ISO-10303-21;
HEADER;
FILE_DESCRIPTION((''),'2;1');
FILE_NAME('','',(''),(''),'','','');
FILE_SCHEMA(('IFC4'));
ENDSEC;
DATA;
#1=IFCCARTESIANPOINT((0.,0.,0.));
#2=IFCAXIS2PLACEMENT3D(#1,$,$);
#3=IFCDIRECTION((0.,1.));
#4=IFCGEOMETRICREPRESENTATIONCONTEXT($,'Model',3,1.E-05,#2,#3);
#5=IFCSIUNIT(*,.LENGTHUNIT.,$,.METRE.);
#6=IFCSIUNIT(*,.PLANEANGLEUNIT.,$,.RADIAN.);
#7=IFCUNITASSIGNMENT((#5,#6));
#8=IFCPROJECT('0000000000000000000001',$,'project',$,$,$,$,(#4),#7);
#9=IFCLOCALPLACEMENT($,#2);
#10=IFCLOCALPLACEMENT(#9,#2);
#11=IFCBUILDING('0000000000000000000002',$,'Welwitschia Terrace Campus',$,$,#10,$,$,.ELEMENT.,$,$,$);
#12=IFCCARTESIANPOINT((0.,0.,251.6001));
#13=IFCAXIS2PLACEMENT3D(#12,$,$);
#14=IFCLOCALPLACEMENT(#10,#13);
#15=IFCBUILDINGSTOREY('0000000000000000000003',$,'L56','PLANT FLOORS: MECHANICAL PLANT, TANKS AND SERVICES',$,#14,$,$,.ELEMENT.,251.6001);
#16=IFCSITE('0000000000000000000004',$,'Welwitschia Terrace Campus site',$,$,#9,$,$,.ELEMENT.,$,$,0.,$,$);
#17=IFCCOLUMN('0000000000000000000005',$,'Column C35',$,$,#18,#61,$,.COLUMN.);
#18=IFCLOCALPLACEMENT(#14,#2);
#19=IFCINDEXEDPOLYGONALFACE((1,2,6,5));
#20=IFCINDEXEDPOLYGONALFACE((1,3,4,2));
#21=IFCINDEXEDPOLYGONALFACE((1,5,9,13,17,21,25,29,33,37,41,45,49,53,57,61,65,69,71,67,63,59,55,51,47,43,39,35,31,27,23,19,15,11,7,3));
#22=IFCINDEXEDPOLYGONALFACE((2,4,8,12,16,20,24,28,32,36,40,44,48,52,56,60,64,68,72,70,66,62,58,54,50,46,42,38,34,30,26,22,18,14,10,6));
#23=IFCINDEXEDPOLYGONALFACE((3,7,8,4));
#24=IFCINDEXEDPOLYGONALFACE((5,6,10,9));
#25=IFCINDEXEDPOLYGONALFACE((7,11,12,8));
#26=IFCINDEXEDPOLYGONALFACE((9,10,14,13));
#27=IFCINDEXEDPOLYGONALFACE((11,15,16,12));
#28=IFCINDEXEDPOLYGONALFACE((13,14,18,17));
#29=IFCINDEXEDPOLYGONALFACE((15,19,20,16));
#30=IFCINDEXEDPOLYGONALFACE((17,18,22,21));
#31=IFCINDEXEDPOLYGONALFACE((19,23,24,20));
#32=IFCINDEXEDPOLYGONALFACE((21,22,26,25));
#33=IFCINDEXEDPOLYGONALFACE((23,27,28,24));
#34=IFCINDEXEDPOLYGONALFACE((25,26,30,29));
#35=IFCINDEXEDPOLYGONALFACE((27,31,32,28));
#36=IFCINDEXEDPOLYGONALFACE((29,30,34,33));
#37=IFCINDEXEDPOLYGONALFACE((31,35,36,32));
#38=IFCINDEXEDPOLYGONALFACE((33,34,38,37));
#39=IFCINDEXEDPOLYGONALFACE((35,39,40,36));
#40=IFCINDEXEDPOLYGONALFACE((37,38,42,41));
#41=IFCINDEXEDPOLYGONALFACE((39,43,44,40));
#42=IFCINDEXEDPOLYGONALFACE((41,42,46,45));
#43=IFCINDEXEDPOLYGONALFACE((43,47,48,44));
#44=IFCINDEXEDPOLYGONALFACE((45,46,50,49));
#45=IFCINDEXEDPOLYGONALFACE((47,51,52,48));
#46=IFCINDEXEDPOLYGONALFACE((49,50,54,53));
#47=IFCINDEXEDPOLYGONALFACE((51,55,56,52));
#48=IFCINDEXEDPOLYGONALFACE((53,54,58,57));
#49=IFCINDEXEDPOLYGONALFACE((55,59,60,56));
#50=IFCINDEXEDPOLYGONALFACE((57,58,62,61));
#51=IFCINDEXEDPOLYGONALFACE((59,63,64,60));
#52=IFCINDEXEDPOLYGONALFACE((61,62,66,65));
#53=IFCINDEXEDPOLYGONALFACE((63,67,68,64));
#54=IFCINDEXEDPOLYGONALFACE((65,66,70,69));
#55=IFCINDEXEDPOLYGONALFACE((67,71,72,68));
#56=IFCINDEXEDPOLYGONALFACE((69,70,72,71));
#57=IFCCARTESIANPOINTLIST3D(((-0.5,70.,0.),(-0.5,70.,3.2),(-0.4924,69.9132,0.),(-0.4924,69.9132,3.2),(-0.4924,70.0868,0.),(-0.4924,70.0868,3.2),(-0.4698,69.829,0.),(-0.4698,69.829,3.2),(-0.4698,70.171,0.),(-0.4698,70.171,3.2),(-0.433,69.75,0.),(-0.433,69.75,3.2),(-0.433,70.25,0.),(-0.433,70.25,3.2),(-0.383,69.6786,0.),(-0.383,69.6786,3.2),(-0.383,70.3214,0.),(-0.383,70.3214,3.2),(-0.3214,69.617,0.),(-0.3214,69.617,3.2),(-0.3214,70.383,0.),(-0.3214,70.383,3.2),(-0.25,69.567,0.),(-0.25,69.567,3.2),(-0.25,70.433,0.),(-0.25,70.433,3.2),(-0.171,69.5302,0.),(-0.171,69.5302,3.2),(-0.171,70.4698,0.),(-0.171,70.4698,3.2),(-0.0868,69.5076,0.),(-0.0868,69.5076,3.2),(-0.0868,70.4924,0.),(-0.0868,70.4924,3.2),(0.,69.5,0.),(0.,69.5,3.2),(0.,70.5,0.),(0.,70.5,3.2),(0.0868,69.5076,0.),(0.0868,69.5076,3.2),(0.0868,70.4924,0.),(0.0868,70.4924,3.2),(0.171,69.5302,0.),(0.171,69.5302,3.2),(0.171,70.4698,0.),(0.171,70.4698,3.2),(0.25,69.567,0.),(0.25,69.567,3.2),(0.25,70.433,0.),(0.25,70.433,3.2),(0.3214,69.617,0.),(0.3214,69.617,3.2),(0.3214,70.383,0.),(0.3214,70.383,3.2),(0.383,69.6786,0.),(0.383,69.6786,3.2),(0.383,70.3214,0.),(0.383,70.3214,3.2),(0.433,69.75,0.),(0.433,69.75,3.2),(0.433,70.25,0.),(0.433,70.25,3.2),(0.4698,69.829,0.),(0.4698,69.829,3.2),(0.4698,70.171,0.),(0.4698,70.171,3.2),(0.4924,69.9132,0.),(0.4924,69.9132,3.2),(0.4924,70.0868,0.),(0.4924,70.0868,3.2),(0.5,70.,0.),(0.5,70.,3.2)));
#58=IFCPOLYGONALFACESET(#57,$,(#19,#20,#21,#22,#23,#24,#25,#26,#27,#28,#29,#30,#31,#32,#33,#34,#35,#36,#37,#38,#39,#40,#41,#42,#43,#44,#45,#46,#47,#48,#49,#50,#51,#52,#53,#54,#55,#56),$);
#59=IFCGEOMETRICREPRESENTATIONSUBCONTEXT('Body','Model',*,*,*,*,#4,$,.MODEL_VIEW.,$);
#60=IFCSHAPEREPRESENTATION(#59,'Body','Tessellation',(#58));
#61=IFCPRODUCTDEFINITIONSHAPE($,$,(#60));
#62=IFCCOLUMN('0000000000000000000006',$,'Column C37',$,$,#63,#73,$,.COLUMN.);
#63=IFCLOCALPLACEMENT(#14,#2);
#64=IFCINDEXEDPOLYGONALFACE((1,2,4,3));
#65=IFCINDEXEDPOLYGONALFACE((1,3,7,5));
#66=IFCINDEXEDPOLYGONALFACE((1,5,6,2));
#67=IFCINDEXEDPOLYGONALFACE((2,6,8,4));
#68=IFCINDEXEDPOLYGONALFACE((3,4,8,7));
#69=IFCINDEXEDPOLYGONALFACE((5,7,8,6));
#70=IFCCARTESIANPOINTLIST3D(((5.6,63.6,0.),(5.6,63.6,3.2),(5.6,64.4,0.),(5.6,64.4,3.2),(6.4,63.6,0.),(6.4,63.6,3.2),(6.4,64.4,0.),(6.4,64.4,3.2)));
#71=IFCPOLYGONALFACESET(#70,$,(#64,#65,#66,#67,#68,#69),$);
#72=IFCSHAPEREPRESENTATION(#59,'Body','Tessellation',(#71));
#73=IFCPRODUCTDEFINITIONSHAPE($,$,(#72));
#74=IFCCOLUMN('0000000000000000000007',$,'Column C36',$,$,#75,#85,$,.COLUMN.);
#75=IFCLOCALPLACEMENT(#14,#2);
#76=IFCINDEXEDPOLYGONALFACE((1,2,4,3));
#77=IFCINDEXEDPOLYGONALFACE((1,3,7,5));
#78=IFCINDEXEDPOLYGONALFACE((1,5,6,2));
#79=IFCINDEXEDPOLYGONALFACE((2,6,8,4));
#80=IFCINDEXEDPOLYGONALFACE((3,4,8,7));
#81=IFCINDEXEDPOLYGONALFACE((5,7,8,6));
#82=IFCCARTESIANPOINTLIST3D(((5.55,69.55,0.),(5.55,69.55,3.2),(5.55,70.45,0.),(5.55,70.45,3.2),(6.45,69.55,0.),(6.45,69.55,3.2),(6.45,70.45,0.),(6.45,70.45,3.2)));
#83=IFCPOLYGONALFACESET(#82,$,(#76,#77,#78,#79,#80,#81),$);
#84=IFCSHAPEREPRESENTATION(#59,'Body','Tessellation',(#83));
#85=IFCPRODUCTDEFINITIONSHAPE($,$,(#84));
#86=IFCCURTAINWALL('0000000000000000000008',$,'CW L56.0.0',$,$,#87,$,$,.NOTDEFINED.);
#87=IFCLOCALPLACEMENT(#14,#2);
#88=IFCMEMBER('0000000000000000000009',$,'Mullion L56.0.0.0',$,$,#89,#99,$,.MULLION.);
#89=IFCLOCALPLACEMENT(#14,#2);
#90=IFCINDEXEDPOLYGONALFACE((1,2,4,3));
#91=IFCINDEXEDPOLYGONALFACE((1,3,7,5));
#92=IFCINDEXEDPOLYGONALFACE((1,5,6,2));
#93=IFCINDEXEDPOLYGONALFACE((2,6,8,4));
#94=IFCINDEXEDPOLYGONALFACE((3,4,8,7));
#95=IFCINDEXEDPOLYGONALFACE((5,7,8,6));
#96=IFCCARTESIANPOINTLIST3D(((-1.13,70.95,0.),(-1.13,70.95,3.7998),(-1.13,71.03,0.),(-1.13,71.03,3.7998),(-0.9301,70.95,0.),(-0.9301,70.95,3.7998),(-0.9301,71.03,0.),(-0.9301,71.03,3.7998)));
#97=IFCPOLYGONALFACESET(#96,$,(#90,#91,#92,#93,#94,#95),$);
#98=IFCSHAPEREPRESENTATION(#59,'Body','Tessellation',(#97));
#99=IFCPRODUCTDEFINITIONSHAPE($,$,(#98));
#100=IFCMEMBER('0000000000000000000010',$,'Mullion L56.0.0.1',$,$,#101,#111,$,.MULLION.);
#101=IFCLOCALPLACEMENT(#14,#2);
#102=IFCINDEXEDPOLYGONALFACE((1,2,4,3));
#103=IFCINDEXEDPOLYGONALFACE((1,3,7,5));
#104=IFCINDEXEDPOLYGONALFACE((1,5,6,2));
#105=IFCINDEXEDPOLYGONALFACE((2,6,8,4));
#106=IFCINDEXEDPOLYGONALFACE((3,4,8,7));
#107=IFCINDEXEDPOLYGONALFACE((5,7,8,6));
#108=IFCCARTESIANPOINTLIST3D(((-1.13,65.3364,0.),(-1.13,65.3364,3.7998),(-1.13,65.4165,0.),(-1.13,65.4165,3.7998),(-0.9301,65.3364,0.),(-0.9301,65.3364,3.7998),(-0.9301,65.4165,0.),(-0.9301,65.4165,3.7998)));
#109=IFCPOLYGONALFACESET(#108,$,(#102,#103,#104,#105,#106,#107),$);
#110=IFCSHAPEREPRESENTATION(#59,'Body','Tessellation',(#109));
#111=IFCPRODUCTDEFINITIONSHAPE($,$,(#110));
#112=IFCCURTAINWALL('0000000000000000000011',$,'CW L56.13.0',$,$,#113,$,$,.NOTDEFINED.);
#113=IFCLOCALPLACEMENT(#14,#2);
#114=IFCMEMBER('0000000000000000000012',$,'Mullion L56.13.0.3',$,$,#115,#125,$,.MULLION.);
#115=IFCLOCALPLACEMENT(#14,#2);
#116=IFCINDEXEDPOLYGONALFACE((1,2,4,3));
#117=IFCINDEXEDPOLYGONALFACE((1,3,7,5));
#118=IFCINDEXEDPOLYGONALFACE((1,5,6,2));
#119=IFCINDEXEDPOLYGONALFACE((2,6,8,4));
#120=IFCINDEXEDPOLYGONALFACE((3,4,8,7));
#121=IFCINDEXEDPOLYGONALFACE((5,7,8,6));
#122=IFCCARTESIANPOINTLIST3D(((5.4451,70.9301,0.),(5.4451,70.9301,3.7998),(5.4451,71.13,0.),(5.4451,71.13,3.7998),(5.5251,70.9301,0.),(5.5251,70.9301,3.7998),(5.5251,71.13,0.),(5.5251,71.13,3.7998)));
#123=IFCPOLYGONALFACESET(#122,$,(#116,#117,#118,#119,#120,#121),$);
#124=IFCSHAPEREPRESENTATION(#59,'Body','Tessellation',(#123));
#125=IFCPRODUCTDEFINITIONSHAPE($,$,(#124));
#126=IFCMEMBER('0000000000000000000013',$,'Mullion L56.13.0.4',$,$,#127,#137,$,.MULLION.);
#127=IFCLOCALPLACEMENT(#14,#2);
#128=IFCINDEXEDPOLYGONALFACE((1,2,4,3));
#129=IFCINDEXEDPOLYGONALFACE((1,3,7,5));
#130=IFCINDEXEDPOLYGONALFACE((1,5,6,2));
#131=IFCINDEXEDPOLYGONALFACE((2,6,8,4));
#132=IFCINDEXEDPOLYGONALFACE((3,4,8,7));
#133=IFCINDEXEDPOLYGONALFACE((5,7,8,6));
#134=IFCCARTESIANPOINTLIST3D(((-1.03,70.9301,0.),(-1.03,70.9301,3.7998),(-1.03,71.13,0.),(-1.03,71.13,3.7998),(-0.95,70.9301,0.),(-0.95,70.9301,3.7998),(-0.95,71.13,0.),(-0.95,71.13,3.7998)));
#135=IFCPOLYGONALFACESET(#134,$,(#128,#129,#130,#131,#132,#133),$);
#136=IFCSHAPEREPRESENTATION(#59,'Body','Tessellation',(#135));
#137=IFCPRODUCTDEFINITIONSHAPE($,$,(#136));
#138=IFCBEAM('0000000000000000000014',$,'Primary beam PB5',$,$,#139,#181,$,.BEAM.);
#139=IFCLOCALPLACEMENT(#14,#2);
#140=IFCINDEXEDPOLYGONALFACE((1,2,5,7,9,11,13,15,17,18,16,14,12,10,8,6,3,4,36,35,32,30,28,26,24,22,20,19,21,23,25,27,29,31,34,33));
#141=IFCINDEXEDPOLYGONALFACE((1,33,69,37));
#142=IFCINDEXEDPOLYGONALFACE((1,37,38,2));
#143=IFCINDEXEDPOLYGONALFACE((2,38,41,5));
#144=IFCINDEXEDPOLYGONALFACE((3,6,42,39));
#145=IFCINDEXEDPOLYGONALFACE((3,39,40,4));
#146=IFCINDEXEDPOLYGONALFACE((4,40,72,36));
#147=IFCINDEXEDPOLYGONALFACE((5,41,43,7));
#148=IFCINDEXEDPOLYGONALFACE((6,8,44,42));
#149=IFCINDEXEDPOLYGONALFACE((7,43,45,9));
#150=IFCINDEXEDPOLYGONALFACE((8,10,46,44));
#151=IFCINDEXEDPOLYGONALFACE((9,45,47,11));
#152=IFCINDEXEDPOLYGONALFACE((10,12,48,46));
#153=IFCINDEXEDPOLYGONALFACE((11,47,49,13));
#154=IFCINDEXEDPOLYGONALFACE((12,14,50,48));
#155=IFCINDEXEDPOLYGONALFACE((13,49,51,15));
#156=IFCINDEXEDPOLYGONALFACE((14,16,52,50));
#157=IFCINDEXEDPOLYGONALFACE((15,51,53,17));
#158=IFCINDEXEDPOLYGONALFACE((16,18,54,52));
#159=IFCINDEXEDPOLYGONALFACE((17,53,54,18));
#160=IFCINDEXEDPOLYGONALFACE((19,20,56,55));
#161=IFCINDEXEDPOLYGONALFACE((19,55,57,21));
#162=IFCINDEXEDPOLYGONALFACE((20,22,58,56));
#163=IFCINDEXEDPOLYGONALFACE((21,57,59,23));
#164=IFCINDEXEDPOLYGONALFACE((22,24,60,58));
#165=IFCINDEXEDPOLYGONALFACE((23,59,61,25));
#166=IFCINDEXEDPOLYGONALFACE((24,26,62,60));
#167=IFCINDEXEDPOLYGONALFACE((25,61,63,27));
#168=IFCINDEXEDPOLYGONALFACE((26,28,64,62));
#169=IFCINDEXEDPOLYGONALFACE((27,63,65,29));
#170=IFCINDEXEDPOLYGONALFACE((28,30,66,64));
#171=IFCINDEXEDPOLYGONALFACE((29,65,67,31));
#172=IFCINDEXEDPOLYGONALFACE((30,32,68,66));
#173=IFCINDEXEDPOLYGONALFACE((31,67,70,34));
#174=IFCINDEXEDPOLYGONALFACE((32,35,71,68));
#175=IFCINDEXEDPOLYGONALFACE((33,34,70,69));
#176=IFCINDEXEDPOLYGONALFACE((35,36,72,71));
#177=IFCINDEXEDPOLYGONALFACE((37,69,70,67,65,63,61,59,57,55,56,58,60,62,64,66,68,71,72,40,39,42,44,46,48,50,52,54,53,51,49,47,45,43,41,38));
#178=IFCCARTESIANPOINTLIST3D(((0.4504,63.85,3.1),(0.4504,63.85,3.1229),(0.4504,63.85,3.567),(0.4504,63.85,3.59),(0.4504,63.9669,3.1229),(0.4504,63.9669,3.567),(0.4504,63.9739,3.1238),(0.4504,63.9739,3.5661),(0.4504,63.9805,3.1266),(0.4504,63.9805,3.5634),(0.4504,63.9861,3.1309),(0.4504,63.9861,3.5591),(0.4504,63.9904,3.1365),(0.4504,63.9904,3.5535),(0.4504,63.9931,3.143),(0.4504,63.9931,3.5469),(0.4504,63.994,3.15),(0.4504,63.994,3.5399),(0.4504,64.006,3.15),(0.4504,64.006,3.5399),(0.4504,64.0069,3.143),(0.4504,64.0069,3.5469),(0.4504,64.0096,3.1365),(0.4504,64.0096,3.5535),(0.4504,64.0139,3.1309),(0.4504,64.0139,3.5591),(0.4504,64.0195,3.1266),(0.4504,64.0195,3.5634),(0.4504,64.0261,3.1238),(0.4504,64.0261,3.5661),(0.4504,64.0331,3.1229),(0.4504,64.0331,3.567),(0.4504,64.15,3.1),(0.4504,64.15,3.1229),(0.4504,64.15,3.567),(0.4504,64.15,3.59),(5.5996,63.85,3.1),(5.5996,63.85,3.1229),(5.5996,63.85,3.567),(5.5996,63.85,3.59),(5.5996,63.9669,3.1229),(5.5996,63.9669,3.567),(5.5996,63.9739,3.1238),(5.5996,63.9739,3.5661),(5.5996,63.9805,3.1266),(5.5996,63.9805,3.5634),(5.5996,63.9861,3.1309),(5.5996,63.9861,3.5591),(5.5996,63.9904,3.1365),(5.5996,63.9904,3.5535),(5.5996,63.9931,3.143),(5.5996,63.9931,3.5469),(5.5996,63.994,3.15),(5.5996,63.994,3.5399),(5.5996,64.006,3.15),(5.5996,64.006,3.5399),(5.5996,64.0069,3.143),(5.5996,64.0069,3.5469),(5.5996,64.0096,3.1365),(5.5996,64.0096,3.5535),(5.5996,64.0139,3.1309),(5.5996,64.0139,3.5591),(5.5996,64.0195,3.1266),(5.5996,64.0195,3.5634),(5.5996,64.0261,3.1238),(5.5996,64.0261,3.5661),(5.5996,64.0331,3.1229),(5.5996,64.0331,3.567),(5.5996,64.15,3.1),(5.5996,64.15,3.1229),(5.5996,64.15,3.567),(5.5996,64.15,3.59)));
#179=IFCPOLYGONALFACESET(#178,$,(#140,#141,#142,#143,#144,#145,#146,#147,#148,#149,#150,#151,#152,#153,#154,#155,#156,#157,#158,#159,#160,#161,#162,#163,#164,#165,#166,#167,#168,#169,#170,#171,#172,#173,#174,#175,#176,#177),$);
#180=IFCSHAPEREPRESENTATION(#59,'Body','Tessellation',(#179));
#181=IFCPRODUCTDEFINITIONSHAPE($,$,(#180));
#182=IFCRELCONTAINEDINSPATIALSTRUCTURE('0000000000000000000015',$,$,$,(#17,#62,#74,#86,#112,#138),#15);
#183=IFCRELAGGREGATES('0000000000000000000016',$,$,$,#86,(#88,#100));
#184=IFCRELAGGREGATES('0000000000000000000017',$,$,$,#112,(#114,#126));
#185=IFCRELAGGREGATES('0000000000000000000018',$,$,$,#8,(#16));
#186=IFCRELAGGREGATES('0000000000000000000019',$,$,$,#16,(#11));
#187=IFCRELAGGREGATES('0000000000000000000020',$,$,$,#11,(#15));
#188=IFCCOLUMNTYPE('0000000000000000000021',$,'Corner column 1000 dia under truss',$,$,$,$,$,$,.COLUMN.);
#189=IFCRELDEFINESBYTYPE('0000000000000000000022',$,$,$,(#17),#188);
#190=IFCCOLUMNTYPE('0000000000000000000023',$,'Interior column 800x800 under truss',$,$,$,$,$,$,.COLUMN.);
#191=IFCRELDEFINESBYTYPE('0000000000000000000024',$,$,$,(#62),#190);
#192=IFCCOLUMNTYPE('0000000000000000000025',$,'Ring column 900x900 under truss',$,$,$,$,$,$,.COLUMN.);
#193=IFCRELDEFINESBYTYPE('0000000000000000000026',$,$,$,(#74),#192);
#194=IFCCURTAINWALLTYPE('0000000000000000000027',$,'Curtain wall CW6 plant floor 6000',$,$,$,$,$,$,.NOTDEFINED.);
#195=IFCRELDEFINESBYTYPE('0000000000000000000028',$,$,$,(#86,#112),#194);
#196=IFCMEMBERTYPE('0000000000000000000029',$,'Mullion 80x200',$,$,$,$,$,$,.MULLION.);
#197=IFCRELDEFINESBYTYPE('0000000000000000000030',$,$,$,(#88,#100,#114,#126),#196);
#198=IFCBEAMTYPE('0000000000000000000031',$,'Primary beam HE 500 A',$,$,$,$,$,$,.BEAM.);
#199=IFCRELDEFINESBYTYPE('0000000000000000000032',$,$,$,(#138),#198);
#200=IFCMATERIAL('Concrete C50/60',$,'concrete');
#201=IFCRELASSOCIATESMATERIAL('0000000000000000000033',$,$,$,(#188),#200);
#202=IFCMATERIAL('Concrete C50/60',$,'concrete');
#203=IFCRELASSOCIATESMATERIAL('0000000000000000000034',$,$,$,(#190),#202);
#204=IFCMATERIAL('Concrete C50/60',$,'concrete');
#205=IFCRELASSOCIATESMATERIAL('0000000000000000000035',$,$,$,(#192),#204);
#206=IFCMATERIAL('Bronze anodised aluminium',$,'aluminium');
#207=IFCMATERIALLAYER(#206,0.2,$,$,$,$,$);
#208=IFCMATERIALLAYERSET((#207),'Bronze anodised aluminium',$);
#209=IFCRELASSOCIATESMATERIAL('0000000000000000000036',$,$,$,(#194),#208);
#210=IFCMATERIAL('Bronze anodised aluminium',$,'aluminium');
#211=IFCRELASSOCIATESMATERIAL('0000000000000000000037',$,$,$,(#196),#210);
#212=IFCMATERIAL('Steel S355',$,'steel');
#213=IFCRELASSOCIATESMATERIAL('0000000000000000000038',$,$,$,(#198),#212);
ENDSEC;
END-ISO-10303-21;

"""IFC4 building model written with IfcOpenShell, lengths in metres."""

from ifc_helpers import new_model, si_unit, direction, frame, origin, origin_2d, place, context, subcontext, project, spatial, rectangle, circle, i_section, extrude, material, layer, layer_set, material_profile, profile_set, type_object, element, aggregate, save


model = new_model("IFC4")

# Units and contexts
model_context = context("Model", 3, precision=1e-05, world=origin(), true_north=direction((0.0, 1.0)))
body_context = subcontext(model_context, "Body", "Model", "MODEL_VIEW")
ifc_project = project(units=[si_unit("LENGTHUNIT", "METRE"), si_unit("PLANEANGLEUNIT", "RADIAN")], contexts=[model_context])

# Site, building, storey
site_placement = place(None, origin())
site = spatial("IfcSite", under=ifc_project, at=site_placement, Name="Welwitschia Terrace Campus site", CompositionType="ELEMENT", RefElevation=0.0)
building_placement = place(site_placement, origin())
building = spatial("IfcBuilding", under=site, at=building_placement, Name="Welwitschia Terrace Campus", CompositionType="ELEMENT")
storey_placement = place(building_placement, frame((0.0, 0.0, 251.6001)))
storey = spatial("IfcBuildingStorey", under=building, at=storey_placement, Name="L56", Description="PLANT FLOORS: MECHANICAL PLANT, TANKS AND SERVICES", CompositionType="ELEMENT", Elevation=251.6001)

# Columns
ifc_material_1 = material(Name="Concrete C50/60", Category="concrete")
ifc_material_profile_1 = material_profile(ifc_material_1, circle(Radius=0.5, at=origin_2d()))
ifc_profile_set_1 = profile_set([ifc_material_profile_1], Name="Concrete C50/60")
column_type_1 = type_object("IfcColumnType", Name="Corner column 1000 dia under truss", PredefinedType="COLUMN", material=ifc_profile_set_1)
column_1_placement = place(storey_placement, frame((0.0, 70.0, 0.0), z_axis=(0.0, 0.0, 1.0), x_axis=(1.0, 0.0, 0.0)))
element("IfcColumn", 1, at=column_1_placement, inside=storey, type_object=column_type_1, Name="Column C35", PredefinedType="COLUMN", context=body_context, shape_type="SweptSolid", body=[
    extrude(circle(Radius=0.5, at=origin_2d()), origin(), (0.0, 0.0, 1.0), 3.2),
])
ifc_material_2 = material(Name="Concrete C50/60", Category="concrete")
ifc_material_profile_2 = material_profile(ifc_material_2, rectangle(XDim=0.8, YDim=0.8, at=origin_2d()))
ifc_profile_set_2 = profile_set([ifc_material_profile_2], Name="Concrete C50/60")
column_type_2 = type_object("IfcColumnType", Name="Interior column 800x800 under truss", PredefinedType="COLUMN", material=ifc_profile_set_2)
column_2_placement = place(storey_placement, frame((6.0, 64.0, 0.0), z_axis=(0.0, 0.0, 1.0), x_axis=(1.0, 0.0, 0.0)))
element("IfcColumn", 2, at=column_2_placement, inside=storey, type_object=column_type_2, Name="Column C37", PredefinedType="COLUMN", context=body_context, shape_type="SweptSolid", body=[
    extrude(rectangle(XDim=0.8, YDim=0.8, at=origin_2d()), origin(), (0.0, 0.0, 1.0), 3.2),
])
ifc_material_3 = material(Name="Concrete C50/60", Category="concrete")
ifc_material_profile_3 = material_profile(ifc_material_3, rectangle(XDim=0.8999, YDim=0.8999, at=origin_2d()))
ifc_profile_set_3 = profile_set([ifc_material_profile_3], Name="Concrete C50/60")
column_type_3 = type_object("IfcColumnType", Name="Ring column 900x900 under truss", PredefinedType="COLUMN", material=ifc_profile_set_3)
column_3_placement = place(storey_placement, frame((6.0, 70.0, 0.0), z_axis=(0.0, 0.0, 1.0), x_axis=(1.0, 0.0, 0.0)))
element("IfcColumn", 3, at=column_3_placement, inside=storey, type_object=column_type_3, Name="Column C36", PredefinedType="COLUMN", context=body_context, shape_type="SweptSolid", body=[
    extrude(rectangle(XDim=0.8999, YDim=0.8999, at=origin_2d()), origin(), (0.0, 0.0, 1.0), 3.2),
])

# Curtain walls, members
ifc_material_4 = material(Name="Bronze anodised aluminium", Category="aluminium")
ifc_layer_1 = layer(ifc_material_4, 0.2)
ifc_layer_set_1 = layer_set([ifc_layer_1], Name="Bronze anodised aluminium")
curtain_wall_type = type_object("IfcCurtainWallType", Name="Curtain wall CW6 plant floor 6000", PredefinedType="NOTDEFINED", material=ifc_layer_set_1)
curtain_wall_1_placement = place(storey_placement, origin())
curtain_wall_1 = element("IfcCurtainWall", 4, at=curtain_wall_1_placement, inside=storey, type_object=curtain_wall_type, Name="CW L56.0.0", PredefinedType="NOTDEFINED")
ifc_material_5 = material(Name="Bronze anodised aluminium", Category="aluminium")
ifc_material_profile_4 = material_profile(ifc_material_5, rectangle(XDim=0.2, YDim=0.0801, at=origin_2d()))
ifc_profile_set_4 = profile_set([ifc_material_profile_4], Name="Bronze anodised aluminium")
member_type_1 = type_object("IfcMemberType", Name="Mullion 80x200", PredefinedType="MULLION", material=ifc_profile_set_4)
member_1_placement = place(storey_placement, frame((-1.03, 70.99, 0.0), z_axis=(0.0, 0.0, 1.0), x_axis=(1.0, 0.0, 0.0)))
member_1 = element("IfcMember", 5, at=member_1_placement, type_object=member_type_1, Name="Mullion L56.0.0.0", PredefinedType="MULLION", context=body_context, shape_type="SweptSolid", body=[
    extrude(rectangle(XDim=0.2, YDim=0.0801, at=origin_2d()), origin(), (0.0, 0.0, 1.0), 3.7998),
])
member_2_placement = place(storey_placement, frame((-1.03, 65.3765, 0.0), z_axis=(0.0, 0.0, 1.0), x_axis=(1.0, 0.0, 0.0)))
member_2 = element("IfcMember", 6, at=member_2_placement, type_object=member_type_1, Name="Mullion L56.0.0.1", PredefinedType="MULLION", context=body_context, shape_type="SweptSolid", body=[
    extrude(rectangle(XDim=0.2, YDim=0.0801, at=origin_2d()), origin(), (0.0, 0.0, 1.0), 3.7998),
])
curtain_wall_2_placement = place(storey_placement, origin())
curtain_wall_2 = element("IfcCurtainWall", 7, at=curtain_wall_2_placement, inside=storey, type_object=curtain_wall_type, Name="CW L56.13.0", PredefinedType="NOTDEFINED")
member_3_placement = place(storey_placement, frame((5.4851, 71.03, 0.0), z_axis=(0.0, 0.0, 1.0), x_axis=(0.0, -1.0, 0.0)))
member_3 = element("IfcMember", 8, at=member_3_placement, type_object=member_type_1, Name="Mullion L56.13.0.3", PredefinedType="MULLION", context=body_context, shape_type="SweptSolid", body=[
    extrude(rectangle(XDim=0.2, YDim=0.0801, at=origin_2d()), origin(), (0.0, 0.0, 1.0), 3.7998),
])
member_4_placement = place(storey_placement, frame((-0.99, 71.03, 0.0), z_axis=(0.0, 0.0, 1.0), x_axis=(0.0, -1.0, 0.0)))
member_4 = element("IfcMember", 9, at=member_4_placement, type_object=member_type_1, Name="Mullion L56.13.0.4", PredefinedType="MULLION", context=body_context, shape_type="SweptSolid", body=[
    extrude(rectangle(XDim=0.2, YDim=0.0801, at=origin_2d()), origin(), (0.0, 0.0, 1.0), 3.7998),
])

# Beam
ifc_material_6 = material(Name="Steel S355", Category="steel")
ifc_material_profile_5 = material_profile(ifc_material_6, i_section(OverallWidth=0.3, OverallDepth=0.49, WebThickness=0.012, FlangeThickness=0.0229, FilletRadius=0.0271, at=origin_2d()))
ifc_profile_set_5 = profile_set([ifc_material_profile_5], Name="Steel S355")
beam_type_1 = type_object("IfcBeamType", Name="Primary beam HE 500 A", PredefinedType="BEAM", material=ifc_profile_set_5)
beam_1_placement = place(storey_placement, frame((0.4504, 64.0, 3.345), z_axis=(1.0, 0.0, 0.0), x_axis=(0.0, 1.0, 0.0)))
element("IfcBeam", 10, at=beam_1_placement, inside=storey, type_object=beam_type_1, Name="Primary beam PB5", PredefinedType="BEAM", context=body_context, shape_type="SweptSolid", body=[
    extrude(i_section(OverallWidth=0.3, OverallDepth=0.49, WebThickness=0.012, FlangeThickness=0.0229, FilletRadius=0.0271, at=origin_2d()), origin(), (0.0, 0.0, 1.0), 5.1492),
])

aggregate(curtain_wall_1, [member_1, member_2])
aggregate(curtain_wall_2, [member_3, member_4])

save(model, "model.ifc")
